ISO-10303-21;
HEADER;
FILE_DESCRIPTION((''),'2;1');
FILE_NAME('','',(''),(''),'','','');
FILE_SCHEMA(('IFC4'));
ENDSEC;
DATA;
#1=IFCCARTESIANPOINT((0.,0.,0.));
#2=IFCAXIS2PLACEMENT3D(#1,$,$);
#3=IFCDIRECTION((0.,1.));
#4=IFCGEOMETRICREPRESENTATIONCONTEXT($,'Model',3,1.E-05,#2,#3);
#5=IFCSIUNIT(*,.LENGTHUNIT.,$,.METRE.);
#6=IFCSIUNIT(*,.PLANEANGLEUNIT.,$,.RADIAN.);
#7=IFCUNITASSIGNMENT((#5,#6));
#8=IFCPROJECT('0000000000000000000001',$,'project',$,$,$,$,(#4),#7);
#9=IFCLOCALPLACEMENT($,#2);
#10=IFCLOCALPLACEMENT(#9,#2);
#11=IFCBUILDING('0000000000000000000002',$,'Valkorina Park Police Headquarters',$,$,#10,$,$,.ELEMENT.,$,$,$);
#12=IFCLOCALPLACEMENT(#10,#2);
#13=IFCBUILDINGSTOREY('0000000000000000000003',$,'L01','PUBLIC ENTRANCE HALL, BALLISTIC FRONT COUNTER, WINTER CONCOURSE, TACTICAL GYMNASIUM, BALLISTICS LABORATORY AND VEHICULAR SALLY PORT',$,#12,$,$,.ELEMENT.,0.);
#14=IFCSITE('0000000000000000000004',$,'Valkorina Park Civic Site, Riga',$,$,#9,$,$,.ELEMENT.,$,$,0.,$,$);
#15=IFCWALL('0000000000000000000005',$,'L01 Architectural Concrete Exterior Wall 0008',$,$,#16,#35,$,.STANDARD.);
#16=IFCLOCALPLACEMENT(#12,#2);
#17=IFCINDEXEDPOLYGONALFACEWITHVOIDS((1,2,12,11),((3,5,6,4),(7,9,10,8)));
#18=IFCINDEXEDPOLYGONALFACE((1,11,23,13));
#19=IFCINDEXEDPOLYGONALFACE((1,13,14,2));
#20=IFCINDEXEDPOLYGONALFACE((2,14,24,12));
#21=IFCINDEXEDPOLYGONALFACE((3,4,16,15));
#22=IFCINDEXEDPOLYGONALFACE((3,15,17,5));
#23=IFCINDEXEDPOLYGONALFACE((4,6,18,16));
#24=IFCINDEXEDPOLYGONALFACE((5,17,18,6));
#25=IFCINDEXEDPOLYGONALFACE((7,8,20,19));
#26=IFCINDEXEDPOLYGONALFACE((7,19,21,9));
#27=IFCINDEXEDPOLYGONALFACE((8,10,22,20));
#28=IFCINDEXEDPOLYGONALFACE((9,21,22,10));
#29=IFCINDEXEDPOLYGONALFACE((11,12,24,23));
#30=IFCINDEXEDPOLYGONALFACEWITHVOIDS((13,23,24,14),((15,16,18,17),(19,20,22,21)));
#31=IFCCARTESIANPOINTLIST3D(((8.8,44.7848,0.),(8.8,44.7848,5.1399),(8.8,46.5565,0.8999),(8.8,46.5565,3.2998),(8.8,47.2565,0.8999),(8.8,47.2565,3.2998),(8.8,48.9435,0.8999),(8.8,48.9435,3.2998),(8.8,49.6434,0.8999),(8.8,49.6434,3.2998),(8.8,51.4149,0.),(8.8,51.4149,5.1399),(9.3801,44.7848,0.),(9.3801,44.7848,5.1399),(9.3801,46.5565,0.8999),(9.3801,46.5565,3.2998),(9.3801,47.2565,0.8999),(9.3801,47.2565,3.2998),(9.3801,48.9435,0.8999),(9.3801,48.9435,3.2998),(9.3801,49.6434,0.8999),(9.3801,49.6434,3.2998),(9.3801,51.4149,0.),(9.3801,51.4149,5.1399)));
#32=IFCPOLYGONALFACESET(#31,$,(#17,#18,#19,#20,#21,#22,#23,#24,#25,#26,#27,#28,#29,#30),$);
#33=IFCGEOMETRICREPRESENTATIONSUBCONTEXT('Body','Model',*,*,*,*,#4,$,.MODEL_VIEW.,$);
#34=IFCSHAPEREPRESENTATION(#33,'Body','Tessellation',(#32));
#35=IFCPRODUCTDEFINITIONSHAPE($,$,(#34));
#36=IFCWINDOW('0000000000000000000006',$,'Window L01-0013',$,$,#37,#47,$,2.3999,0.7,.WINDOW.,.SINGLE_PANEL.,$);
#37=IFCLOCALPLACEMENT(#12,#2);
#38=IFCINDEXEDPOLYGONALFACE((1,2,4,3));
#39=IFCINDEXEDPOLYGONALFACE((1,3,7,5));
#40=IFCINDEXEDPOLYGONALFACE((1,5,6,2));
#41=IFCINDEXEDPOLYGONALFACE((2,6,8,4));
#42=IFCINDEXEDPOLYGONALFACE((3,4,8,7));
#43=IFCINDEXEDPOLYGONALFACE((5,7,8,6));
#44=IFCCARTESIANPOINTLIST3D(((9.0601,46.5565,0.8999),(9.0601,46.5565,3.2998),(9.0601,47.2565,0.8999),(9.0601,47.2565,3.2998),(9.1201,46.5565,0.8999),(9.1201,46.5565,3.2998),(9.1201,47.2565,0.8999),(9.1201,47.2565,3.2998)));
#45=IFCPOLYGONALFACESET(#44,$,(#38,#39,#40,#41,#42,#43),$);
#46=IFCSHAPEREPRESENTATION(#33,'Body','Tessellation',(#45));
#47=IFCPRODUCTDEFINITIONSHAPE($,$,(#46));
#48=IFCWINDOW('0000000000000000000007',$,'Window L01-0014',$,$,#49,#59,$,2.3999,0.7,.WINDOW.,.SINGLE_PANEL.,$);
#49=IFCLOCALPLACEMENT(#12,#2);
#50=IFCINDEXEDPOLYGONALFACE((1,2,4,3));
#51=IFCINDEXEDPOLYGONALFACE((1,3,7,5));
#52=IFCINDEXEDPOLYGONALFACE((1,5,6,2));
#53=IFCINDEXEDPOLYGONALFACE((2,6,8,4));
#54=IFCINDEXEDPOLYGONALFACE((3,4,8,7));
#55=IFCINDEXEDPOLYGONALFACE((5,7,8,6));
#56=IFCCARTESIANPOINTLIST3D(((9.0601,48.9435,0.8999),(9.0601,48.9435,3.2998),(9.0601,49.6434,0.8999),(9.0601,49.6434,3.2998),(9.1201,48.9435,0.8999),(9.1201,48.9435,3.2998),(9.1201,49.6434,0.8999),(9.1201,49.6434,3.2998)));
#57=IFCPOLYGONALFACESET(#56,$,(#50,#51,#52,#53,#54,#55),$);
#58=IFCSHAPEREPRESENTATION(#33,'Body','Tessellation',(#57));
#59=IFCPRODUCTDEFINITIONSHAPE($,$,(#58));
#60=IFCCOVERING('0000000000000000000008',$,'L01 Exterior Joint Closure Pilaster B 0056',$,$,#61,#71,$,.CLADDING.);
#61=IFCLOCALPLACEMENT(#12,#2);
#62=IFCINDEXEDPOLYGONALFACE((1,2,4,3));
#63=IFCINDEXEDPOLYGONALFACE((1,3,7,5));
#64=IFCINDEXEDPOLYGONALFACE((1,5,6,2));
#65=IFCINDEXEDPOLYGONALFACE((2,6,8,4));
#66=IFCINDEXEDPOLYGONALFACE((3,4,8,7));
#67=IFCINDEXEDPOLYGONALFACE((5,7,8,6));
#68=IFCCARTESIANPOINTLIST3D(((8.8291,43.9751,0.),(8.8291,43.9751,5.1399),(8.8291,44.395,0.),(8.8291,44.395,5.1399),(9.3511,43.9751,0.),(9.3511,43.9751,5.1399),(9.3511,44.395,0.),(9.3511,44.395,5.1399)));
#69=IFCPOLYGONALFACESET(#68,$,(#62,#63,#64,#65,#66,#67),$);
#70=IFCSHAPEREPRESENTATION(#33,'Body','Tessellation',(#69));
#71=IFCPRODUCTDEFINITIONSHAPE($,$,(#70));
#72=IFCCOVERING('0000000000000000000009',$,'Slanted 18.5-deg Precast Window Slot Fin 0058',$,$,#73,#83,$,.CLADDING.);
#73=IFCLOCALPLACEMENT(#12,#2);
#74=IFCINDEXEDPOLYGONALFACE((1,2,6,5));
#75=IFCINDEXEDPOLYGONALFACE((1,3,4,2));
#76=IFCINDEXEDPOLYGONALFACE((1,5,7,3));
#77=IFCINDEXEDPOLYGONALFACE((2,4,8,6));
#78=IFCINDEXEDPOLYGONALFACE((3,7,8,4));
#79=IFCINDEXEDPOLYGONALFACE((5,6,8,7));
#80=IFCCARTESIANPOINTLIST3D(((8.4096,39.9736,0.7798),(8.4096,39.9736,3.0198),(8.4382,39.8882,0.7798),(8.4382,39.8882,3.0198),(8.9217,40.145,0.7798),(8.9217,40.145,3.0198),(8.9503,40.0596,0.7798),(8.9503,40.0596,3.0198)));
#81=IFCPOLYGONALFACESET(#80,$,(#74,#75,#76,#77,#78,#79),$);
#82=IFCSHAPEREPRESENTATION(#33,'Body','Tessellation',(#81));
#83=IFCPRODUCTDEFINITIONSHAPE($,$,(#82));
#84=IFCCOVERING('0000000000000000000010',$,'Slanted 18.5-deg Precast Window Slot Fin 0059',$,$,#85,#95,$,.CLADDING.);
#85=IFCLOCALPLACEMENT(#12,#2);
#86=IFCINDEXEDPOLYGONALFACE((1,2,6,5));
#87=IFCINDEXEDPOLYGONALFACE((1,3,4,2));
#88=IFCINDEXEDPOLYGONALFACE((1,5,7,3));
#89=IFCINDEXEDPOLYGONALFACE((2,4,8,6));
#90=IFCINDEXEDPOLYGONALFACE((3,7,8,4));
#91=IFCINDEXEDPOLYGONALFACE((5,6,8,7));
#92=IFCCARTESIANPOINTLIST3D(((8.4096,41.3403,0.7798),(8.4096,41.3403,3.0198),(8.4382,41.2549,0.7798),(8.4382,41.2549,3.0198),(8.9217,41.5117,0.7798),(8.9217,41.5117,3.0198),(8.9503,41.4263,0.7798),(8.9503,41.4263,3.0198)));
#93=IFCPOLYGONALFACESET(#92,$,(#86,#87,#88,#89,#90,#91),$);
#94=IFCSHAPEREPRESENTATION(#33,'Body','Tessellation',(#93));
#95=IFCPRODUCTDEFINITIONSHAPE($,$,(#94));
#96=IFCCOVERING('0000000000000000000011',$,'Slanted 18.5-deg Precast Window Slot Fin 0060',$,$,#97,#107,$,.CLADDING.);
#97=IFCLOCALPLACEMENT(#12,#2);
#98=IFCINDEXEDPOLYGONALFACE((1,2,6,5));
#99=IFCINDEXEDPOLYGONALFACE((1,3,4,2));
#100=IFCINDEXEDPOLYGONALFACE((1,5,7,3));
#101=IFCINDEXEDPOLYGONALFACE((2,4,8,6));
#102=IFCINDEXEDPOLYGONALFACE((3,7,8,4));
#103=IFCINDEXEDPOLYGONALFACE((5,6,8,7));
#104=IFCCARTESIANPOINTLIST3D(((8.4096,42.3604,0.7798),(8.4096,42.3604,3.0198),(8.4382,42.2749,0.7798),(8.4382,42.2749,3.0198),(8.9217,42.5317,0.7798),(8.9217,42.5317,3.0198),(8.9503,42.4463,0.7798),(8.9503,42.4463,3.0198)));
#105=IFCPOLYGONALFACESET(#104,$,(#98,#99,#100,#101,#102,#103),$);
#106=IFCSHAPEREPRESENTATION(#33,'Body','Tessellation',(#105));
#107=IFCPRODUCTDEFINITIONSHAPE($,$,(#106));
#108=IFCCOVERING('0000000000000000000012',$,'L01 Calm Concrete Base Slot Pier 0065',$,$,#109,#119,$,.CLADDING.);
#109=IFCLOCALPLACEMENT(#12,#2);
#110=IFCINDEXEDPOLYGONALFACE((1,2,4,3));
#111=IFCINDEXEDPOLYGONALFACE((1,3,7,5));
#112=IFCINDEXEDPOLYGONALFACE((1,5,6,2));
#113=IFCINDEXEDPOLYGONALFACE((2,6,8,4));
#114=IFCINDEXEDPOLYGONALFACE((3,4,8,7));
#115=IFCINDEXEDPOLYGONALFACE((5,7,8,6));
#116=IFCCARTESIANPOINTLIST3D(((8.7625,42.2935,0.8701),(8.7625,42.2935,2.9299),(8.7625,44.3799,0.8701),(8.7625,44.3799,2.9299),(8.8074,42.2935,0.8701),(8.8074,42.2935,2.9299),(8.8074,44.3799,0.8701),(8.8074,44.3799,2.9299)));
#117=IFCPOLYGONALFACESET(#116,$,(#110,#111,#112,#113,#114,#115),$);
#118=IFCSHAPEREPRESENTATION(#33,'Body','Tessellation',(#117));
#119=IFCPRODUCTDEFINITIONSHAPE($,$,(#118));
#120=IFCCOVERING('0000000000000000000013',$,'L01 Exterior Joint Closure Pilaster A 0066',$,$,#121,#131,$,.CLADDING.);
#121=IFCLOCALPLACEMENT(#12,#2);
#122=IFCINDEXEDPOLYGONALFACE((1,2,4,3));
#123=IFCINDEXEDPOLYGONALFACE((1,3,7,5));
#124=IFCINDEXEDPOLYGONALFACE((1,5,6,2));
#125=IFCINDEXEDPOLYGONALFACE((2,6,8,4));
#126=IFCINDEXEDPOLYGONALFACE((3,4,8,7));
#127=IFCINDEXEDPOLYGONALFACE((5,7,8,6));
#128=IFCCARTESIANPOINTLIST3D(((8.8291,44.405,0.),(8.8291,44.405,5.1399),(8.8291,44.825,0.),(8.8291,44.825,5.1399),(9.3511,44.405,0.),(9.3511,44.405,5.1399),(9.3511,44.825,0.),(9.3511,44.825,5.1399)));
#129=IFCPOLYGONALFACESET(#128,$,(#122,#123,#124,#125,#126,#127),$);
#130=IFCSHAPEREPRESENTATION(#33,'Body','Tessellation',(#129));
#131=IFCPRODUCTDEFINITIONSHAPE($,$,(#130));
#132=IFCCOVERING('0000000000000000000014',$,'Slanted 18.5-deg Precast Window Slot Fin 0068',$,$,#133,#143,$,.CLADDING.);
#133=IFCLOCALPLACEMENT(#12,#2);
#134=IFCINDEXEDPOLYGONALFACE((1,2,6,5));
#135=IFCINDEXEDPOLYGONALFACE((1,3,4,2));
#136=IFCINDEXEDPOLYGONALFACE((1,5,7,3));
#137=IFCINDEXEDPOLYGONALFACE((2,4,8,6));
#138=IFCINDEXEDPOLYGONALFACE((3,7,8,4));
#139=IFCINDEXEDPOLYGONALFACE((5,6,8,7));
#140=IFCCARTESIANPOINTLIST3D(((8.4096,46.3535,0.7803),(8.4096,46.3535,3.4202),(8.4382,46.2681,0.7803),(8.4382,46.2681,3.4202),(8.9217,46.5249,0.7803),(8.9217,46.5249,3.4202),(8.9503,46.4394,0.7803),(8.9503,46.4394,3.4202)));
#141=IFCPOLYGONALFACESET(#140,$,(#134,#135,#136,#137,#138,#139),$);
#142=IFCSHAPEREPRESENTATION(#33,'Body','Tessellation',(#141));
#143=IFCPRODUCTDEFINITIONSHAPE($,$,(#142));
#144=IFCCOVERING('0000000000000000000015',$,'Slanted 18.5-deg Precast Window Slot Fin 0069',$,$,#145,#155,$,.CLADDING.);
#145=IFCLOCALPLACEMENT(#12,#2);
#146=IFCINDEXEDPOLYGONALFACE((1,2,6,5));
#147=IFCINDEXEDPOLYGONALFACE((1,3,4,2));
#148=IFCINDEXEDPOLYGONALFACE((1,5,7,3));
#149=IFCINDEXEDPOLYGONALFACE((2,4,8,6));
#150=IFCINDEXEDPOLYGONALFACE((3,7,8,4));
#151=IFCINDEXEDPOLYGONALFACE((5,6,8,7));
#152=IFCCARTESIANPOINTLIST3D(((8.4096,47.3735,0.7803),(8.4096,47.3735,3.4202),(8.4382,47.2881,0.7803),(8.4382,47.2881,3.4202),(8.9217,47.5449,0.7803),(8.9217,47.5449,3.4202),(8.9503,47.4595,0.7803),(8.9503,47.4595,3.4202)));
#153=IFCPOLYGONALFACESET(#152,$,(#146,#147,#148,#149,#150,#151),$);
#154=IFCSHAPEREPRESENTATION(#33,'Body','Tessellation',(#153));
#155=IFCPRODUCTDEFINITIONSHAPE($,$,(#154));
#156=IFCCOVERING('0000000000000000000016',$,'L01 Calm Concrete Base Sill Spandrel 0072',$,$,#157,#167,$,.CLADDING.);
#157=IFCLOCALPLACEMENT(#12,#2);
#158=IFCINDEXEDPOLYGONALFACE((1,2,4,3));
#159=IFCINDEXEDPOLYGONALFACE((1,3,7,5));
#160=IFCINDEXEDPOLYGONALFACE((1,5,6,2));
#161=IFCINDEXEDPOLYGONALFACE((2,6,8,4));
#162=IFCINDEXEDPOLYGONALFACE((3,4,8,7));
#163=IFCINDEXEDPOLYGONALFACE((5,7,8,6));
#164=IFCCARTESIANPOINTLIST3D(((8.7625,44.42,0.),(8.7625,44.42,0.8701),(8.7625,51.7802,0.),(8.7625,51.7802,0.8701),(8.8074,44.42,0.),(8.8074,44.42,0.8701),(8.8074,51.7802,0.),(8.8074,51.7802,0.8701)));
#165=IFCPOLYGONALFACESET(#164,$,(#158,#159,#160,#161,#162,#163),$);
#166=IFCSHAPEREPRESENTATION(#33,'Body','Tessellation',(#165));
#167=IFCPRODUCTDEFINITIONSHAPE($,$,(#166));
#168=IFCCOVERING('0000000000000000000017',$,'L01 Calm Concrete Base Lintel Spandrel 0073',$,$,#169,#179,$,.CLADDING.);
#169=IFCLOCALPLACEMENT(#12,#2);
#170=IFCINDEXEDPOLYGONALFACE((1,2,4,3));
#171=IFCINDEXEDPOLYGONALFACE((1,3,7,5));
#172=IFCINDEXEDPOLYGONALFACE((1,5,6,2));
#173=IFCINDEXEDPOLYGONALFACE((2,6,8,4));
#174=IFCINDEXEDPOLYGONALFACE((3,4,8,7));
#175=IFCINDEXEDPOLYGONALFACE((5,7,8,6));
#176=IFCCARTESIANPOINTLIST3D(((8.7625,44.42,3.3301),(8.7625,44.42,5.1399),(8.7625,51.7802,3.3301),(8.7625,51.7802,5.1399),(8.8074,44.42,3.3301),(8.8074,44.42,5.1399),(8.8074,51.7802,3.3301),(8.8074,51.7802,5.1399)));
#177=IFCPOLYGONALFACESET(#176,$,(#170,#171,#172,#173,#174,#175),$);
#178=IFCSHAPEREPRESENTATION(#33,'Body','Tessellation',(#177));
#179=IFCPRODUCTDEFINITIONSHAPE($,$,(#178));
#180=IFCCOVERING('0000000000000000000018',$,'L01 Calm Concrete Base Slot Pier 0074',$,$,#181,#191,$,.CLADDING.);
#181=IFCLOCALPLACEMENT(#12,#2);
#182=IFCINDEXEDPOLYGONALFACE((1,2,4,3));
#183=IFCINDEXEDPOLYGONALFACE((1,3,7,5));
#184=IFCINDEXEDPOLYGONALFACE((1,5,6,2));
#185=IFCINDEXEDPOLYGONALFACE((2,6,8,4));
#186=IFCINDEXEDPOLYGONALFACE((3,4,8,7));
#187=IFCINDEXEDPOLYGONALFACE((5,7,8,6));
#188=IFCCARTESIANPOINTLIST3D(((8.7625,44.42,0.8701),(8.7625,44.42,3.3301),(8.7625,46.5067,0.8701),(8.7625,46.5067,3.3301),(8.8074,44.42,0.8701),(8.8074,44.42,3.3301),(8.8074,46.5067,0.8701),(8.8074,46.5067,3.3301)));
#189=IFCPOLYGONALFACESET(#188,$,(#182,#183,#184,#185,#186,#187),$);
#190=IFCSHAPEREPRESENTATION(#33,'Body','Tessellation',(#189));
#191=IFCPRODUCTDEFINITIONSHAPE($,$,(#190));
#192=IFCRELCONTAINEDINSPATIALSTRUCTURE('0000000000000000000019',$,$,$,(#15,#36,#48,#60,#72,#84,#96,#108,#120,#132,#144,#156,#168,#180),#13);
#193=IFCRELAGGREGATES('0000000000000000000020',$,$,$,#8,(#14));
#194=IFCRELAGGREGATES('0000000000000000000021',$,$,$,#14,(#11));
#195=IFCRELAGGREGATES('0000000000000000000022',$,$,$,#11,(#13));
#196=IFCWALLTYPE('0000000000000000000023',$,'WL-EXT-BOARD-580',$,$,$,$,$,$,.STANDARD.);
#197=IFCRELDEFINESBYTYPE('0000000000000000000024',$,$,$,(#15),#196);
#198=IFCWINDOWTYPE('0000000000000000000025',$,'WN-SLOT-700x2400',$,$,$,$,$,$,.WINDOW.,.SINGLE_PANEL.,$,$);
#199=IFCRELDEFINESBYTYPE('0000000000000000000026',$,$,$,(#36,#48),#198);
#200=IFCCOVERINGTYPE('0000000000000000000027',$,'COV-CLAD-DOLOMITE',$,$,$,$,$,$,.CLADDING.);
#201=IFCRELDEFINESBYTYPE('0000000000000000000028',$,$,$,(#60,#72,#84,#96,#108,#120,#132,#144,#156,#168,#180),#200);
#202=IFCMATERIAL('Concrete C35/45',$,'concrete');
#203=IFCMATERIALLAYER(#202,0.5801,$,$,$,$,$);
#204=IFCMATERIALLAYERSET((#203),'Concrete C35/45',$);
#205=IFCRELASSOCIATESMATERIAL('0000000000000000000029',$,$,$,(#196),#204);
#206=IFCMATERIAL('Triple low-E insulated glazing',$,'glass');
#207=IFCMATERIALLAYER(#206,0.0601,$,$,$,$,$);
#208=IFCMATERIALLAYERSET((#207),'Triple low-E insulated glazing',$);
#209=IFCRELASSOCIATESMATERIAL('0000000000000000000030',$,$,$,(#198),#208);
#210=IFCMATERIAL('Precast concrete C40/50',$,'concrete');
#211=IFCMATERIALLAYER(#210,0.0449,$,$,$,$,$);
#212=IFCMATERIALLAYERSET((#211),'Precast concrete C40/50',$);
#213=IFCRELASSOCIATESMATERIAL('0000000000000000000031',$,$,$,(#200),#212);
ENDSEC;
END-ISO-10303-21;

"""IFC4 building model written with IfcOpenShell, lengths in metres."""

from ifc_helpers import new_model, si_unit, direction, frame, frame_2d, origin, origin_2d, place, context, subcontext, project, spatial, rectangle, extrude, material, layer, layer_set, type_object, element, fill, save


model = new_model("IFC4")

# Units and contexts
model_context = context("Model", 3, precision=1e-05, world=origin(), true_north=direction((0.0, 1.0)))
body_context = subcontext(model_context, "Body", "Model", "MODEL_VIEW")
ifc_project = project(units=[si_unit("LENGTHUNIT", "METRE"), si_unit("PLANEANGLEUNIT", "RADIAN")], contexts=[model_context])

# Site, building, storey
site_placement = place(None, origin())
site = spatial("IfcSite", under=ifc_project, at=site_placement, Name="Valkorina Park Civic Site, Riga", CompositionType="ELEMENT", RefElevation=0.0)
building_placement = place(site_placement, origin())
building = spatial("IfcBuilding", under=site, at=building_placement, Name="Valkorina Park Police Headquarters", CompositionType="ELEMENT")
storey_placement = place(building_placement, origin())
storey = spatial("IfcBuildingStorey", under=building, at=storey_placement, Name="L01", Description="PUBLIC ENTRANCE HALL, BALLISTIC FRONT COUNTER, WINTER CONCOURSE, TACTICAL GYMNASIUM, BALLISTICS LABORATORY AND VEHICULAR SALLY PORT", CompositionType="ELEMENT", Elevation=0.0)

# Wall, openings, windows
ifc_material_1 = material(Name="Concrete C35/45", Category="concrete")
ifc_layer_1 = layer(ifc_material_1, 0.5801)
ifc_layer_set_1 = layer_set([ifc_layer_1], Name="Concrete C35/45")
wall_type = type_object("IfcWallType", Name="WL-EXT-BOARD-580", PredefinedType="STANDARD", material=ifc_layer_set_1)
wall_placement = place(storey_placement, frame((9.0901, 44.7849, 0.0), z_axis=(0.0, 0.0, 1.0), x_axis=(0.0, 1.0, 0.0)))
wall = element("IfcWall", 1, at=wall_placement, inside=storey, type_object=wall_type, Name="L01 Architectural Concrete Exterior Wall 0008", PredefinedType="STANDARD", context=body_context, shape_type="SweptSolid", body=[
    extrude(rectangle(XDim=6.6301, YDim=0.5801, at=frame_2d((3.3149, 0.0))), origin(), (0.0, 0.0, 1.0), 5.1399),
])
opening_1_placement = place(wall_placement, frame((1.7715, 0.0, 0.8999)))
opening_1 = element("IfcOpeningElement", 2, at=opening_1_placement, cuts=wall, PredefinedType="OPENING", context=body_context, shape_type="SweptSolid", body=[
    extrude(rectangle(XDim=0.7, YDim=2.3999, at=frame_2d((0.3501, 1.2))), frame((0.0, 0.3, 0.0), z_axis=(0.0, -1.0, 0.0), x_axis=(1.0, 0.0, 0.0)), (0.0, 0.0, 1.0), 0.6001),
])
opening_2_placement = place(wall_placement, frame((4.1584, 0.0, 0.8999)))
opening_2 = element("IfcOpeningElement", 3, at=opening_2_placement, cuts=wall, PredefinedType="OPENING", context=body_context, shape_type="SweptSolid", body=[
    extrude(rectangle(XDim=0.7, YDim=2.3999, at=frame_2d((0.3501, 1.2))), frame((0.0, 0.3, 0.0), z_axis=(0.0, -1.0, 0.0), x_axis=(1.0, 0.0, 0.0)), (0.0, 0.0, 1.0), 0.6001),
])
ifc_material_2 = material(Name="Triple low-E insulated glazing", Category="glass")
ifc_layer_2 = layer(ifc_material_2, 0.0601)
ifc_layer_set_2 = layer_set([ifc_layer_2], Name="Triple low-E insulated glazing")
window_type = type_object("IfcWindowType", Name="WN-SLOT-700x2400", PartitioningType="SINGLE_PANEL", PredefinedType="WINDOW", material=ifc_layer_set_2)
window_1_placement = place(opening_1_placement, origin())
window_1 = element("IfcWindow", 4, at=window_1_placement, inside=storey, type_object=window_type, Name="Window L01-0013", OverallHeight=2.3999, OverallWidth=0.7, PartitioningType="SINGLE_PANEL", PredefinedType="WINDOW", context=body_context, shape_type="SweptSolid", body=[
    extrude(rectangle(XDim=0.7, YDim=2.3999, at=frame_2d((0.3501, 1.2))), frame((0.0, 0.03, 0.0), z_axis=(0.0, -1.0, 0.0), x_axis=(1.0, 0.0, 0.0)), (0.0, 0.0, 1.0), 0.0601),
])
fill(opening_1, window_1)
window_2_placement = place(opening_2_placement, origin())
window_2 = element("IfcWindow", 5, at=window_2_placement, inside=storey, type_object=window_type, Name="Window L01-0014", OverallHeight=2.3999, OverallWidth=0.7, PartitioningType="SINGLE_PANEL", PredefinedType="WINDOW", context=body_context, shape_type="SweptSolid", body=[
    extrude(rectangle(XDim=0.7, YDim=2.3999, at=frame_2d((0.3501, 1.2))), frame((0.0, 0.03, 0.0), z_axis=(0.0, -1.0, 0.0), x_axis=(1.0, 0.0, 0.0)), (0.0, 0.0, 1.0), 0.0601),
])
fill(opening_2, window_2)

# Coverings
ifc_material_3 = material(Name="Precast concrete C40/50", Category="concrete")
ifc_layer_3 = layer(ifc_material_3, 0.0449)
ifc_layer_set_3 = layer_set([ifc_layer_3], Name="Precast concrete C40/50")
covering_type = type_object("IfcCoveringType", Name="COV-CLAD-DOLOMITE", PredefinedType="CLADDING", material=ifc_layer_set_3)
covering_1_placement = place(storey_placement, frame((9.0901, 44.1851, 0.0), z_axis=(0.0, 0.0, 1.0), x_axis=(0.0, 1.0, 0.0)))
element("IfcCovering", 6, at=covering_1_placement, inside=storey, type_object=covering_type, Name="L01 Exterior Joint Closure Pilaster B 0056", PredefinedType="CLADDING", context=body_context, shape_type="SweptSolid", body=[
    extrude(rectangle(XDim=0.4199, YDim=0.522, at=origin_2d()), origin(), (0.0, 0.0, 1.0), 5.1399),
])
for number, where, z_axis, x_axis, name in (
    (7, (8.6799, 40.0166, 0.7798), (0.0, 0.0, 1.0), (-0.948324, -0.317305, 0.0), "Slanted 18.5-deg Precast Window Slot Fin 0058"),
    (8, (8.6799, 41.3833, 0.7798), (0.0, 0.0, 1.0), (-0.948324, -0.317305, 0.0), "Slanted 18.5-deg Precast Window Slot Fin 0059"),
    (9, (8.6799, 42.4033, 0.7798), (0.0, 0.0, 1.0), (-0.948324, -0.317305, 0.0), "Slanted 18.5-deg Precast Window Slot Fin 0060"),
):
    element("IfcCovering", number, at=place(storey_placement, frame(where, z_axis=z_axis, x_axis=x_axis)), inside=storey, type_object=covering_type, Name=name, PredefinedType="CLADDING", context=body_context, shape_type="SweptSolid", body=[
        extrude(rectangle(XDim=0.54, YDim=0.0901, at=origin_2d()), origin(), (0.0, 0.0, 1.0), 2.24),
    ])
covering_2_placement = place(storey_placement, frame((8.7849, 42.2935, 0.8701), z_axis=(0.0, 0.0, 1.0), x_axis=(0.0, 1.0, 0.0)))
element("IfcCovering", 10, at=covering_2_placement, inside=storey, type_object=covering_type, Name="L01 Calm Concrete Base Slot Pier 0065", PredefinedType="CLADDING", context=body_context, shape_type="SweptSolid", body=[
    extrude(rectangle(XDim=2.0864, YDim=0.0449, at=frame_2d((1.0432, 0.0))), origin(), (0.0, 0.0, 1.0), 2.0598),
])
covering_3_placement = place(storey_placement, frame((9.0901, 44.615, 0.0), z_axis=(0.0, 0.0, 1.0), x_axis=(0.0, 1.0, 0.0)))
element("IfcCovering", 11, at=covering_3_placement, inside=storey, type_object=covering_type, Name="L01 Exterior Joint Closure Pilaster A 0066", PredefinedType="CLADDING", context=body_context, shape_type="SweptSolid", body=[
    extrude(rectangle(XDim=0.4199, YDim=0.522, at=origin_2d()), origin(), (0.0, 0.0, 1.0), 5.1399),
])
for number, where, z_axis, x_axis, name in (
    (12, (8.6799, 46.3965, 0.7803), (0.0, 0.0, 1.0), (-0.948324, -0.317305, 0.0), "Slanted 18.5-deg Precast Window Slot Fin 0068"),
    (13, (8.6799, 47.4165, 0.7803), (0.0, 0.0, 1.0), (-0.948324, -0.317305, 0.0), "Slanted 18.5-deg Precast Window Slot Fin 0069"),
):
    element("IfcCovering", number, at=place(storey_placement, frame(where, z_axis=z_axis, x_axis=x_axis)), inside=storey, type_object=covering_type, Name=name, PredefinedType="CLADDING", context=body_context, shape_type="SweptSolid", body=[
        extrude(rectangle(XDim=0.54, YDim=0.0901, at=origin_2d()), origin(), (0.0, 0.0, 1.0), 2.6399),
    ])
covering_4_placement = place(storey_placement, frame((8.7849, 44.4199, 0.0), z_axis=(0.0, 0.0, 1.0), x_axis=(0.0, 1.0, 0.0)))
element("IfcCovering", 14, at=covering_4_placement, inside=storey, type_object=covering_type, Name="L01 Calm Concrete Base Sill Spandrel 0072", PredefinedType="CLADDING", context=body_context, shape_type="SweptSolid", body=[
    extrude(rectangle(XDim=7.3601, YDim=0.0449, at=frame_2d((3.6802, 0.0))), origin(), (0.0, 0.0, 1.0), 0.8701),
])
covering_5_placement = place(storey_placement, frame((8.7849, 44.4199, 3.3301), z_axis=(0.0, 0.0, 1.0), x_axis=(0.0, 1.0, 0.0)))
element("IfcCovering", 15, at=covering_5_placement, inside=storey, type_object=covering_type, Name="L01 Calm Concrete Base Lintel Spandrel 0073", PredefinedType="CLADDING", context=body_context, shape_type="SweptSolid", body=[
    extrude(rectangle(XDim=7.3601, YDim=0.0449, at=frame_2d((3.6802, 0.0))), origin(), (0.0, 0.0, 1.0), 1.8098),
])
covering_6_placement = place(storey_placement, frame((8.7849, 44.4199, 0.8701), z_axis=(0.0, 0.0, 1.0), x_axis=(0.0, 1.0, 0.0)))
element("IfcCovering", 16, at=covering_6_placement, inside=storey, type_object=covering_type, Name="L01 Calm Concrete Base Slot Pier 0074", PredefinedType="CLADDING", context=body_context, shape_type="SweptSolid", body=[
    extrude(rectangle(XDim=2.0867, YDim=0.0449, at=frame_2d((1.0435, 0.0))), origin(), (0.0, 0.0, 1.0), 2.46),
])

save(model, "model.ifc")
